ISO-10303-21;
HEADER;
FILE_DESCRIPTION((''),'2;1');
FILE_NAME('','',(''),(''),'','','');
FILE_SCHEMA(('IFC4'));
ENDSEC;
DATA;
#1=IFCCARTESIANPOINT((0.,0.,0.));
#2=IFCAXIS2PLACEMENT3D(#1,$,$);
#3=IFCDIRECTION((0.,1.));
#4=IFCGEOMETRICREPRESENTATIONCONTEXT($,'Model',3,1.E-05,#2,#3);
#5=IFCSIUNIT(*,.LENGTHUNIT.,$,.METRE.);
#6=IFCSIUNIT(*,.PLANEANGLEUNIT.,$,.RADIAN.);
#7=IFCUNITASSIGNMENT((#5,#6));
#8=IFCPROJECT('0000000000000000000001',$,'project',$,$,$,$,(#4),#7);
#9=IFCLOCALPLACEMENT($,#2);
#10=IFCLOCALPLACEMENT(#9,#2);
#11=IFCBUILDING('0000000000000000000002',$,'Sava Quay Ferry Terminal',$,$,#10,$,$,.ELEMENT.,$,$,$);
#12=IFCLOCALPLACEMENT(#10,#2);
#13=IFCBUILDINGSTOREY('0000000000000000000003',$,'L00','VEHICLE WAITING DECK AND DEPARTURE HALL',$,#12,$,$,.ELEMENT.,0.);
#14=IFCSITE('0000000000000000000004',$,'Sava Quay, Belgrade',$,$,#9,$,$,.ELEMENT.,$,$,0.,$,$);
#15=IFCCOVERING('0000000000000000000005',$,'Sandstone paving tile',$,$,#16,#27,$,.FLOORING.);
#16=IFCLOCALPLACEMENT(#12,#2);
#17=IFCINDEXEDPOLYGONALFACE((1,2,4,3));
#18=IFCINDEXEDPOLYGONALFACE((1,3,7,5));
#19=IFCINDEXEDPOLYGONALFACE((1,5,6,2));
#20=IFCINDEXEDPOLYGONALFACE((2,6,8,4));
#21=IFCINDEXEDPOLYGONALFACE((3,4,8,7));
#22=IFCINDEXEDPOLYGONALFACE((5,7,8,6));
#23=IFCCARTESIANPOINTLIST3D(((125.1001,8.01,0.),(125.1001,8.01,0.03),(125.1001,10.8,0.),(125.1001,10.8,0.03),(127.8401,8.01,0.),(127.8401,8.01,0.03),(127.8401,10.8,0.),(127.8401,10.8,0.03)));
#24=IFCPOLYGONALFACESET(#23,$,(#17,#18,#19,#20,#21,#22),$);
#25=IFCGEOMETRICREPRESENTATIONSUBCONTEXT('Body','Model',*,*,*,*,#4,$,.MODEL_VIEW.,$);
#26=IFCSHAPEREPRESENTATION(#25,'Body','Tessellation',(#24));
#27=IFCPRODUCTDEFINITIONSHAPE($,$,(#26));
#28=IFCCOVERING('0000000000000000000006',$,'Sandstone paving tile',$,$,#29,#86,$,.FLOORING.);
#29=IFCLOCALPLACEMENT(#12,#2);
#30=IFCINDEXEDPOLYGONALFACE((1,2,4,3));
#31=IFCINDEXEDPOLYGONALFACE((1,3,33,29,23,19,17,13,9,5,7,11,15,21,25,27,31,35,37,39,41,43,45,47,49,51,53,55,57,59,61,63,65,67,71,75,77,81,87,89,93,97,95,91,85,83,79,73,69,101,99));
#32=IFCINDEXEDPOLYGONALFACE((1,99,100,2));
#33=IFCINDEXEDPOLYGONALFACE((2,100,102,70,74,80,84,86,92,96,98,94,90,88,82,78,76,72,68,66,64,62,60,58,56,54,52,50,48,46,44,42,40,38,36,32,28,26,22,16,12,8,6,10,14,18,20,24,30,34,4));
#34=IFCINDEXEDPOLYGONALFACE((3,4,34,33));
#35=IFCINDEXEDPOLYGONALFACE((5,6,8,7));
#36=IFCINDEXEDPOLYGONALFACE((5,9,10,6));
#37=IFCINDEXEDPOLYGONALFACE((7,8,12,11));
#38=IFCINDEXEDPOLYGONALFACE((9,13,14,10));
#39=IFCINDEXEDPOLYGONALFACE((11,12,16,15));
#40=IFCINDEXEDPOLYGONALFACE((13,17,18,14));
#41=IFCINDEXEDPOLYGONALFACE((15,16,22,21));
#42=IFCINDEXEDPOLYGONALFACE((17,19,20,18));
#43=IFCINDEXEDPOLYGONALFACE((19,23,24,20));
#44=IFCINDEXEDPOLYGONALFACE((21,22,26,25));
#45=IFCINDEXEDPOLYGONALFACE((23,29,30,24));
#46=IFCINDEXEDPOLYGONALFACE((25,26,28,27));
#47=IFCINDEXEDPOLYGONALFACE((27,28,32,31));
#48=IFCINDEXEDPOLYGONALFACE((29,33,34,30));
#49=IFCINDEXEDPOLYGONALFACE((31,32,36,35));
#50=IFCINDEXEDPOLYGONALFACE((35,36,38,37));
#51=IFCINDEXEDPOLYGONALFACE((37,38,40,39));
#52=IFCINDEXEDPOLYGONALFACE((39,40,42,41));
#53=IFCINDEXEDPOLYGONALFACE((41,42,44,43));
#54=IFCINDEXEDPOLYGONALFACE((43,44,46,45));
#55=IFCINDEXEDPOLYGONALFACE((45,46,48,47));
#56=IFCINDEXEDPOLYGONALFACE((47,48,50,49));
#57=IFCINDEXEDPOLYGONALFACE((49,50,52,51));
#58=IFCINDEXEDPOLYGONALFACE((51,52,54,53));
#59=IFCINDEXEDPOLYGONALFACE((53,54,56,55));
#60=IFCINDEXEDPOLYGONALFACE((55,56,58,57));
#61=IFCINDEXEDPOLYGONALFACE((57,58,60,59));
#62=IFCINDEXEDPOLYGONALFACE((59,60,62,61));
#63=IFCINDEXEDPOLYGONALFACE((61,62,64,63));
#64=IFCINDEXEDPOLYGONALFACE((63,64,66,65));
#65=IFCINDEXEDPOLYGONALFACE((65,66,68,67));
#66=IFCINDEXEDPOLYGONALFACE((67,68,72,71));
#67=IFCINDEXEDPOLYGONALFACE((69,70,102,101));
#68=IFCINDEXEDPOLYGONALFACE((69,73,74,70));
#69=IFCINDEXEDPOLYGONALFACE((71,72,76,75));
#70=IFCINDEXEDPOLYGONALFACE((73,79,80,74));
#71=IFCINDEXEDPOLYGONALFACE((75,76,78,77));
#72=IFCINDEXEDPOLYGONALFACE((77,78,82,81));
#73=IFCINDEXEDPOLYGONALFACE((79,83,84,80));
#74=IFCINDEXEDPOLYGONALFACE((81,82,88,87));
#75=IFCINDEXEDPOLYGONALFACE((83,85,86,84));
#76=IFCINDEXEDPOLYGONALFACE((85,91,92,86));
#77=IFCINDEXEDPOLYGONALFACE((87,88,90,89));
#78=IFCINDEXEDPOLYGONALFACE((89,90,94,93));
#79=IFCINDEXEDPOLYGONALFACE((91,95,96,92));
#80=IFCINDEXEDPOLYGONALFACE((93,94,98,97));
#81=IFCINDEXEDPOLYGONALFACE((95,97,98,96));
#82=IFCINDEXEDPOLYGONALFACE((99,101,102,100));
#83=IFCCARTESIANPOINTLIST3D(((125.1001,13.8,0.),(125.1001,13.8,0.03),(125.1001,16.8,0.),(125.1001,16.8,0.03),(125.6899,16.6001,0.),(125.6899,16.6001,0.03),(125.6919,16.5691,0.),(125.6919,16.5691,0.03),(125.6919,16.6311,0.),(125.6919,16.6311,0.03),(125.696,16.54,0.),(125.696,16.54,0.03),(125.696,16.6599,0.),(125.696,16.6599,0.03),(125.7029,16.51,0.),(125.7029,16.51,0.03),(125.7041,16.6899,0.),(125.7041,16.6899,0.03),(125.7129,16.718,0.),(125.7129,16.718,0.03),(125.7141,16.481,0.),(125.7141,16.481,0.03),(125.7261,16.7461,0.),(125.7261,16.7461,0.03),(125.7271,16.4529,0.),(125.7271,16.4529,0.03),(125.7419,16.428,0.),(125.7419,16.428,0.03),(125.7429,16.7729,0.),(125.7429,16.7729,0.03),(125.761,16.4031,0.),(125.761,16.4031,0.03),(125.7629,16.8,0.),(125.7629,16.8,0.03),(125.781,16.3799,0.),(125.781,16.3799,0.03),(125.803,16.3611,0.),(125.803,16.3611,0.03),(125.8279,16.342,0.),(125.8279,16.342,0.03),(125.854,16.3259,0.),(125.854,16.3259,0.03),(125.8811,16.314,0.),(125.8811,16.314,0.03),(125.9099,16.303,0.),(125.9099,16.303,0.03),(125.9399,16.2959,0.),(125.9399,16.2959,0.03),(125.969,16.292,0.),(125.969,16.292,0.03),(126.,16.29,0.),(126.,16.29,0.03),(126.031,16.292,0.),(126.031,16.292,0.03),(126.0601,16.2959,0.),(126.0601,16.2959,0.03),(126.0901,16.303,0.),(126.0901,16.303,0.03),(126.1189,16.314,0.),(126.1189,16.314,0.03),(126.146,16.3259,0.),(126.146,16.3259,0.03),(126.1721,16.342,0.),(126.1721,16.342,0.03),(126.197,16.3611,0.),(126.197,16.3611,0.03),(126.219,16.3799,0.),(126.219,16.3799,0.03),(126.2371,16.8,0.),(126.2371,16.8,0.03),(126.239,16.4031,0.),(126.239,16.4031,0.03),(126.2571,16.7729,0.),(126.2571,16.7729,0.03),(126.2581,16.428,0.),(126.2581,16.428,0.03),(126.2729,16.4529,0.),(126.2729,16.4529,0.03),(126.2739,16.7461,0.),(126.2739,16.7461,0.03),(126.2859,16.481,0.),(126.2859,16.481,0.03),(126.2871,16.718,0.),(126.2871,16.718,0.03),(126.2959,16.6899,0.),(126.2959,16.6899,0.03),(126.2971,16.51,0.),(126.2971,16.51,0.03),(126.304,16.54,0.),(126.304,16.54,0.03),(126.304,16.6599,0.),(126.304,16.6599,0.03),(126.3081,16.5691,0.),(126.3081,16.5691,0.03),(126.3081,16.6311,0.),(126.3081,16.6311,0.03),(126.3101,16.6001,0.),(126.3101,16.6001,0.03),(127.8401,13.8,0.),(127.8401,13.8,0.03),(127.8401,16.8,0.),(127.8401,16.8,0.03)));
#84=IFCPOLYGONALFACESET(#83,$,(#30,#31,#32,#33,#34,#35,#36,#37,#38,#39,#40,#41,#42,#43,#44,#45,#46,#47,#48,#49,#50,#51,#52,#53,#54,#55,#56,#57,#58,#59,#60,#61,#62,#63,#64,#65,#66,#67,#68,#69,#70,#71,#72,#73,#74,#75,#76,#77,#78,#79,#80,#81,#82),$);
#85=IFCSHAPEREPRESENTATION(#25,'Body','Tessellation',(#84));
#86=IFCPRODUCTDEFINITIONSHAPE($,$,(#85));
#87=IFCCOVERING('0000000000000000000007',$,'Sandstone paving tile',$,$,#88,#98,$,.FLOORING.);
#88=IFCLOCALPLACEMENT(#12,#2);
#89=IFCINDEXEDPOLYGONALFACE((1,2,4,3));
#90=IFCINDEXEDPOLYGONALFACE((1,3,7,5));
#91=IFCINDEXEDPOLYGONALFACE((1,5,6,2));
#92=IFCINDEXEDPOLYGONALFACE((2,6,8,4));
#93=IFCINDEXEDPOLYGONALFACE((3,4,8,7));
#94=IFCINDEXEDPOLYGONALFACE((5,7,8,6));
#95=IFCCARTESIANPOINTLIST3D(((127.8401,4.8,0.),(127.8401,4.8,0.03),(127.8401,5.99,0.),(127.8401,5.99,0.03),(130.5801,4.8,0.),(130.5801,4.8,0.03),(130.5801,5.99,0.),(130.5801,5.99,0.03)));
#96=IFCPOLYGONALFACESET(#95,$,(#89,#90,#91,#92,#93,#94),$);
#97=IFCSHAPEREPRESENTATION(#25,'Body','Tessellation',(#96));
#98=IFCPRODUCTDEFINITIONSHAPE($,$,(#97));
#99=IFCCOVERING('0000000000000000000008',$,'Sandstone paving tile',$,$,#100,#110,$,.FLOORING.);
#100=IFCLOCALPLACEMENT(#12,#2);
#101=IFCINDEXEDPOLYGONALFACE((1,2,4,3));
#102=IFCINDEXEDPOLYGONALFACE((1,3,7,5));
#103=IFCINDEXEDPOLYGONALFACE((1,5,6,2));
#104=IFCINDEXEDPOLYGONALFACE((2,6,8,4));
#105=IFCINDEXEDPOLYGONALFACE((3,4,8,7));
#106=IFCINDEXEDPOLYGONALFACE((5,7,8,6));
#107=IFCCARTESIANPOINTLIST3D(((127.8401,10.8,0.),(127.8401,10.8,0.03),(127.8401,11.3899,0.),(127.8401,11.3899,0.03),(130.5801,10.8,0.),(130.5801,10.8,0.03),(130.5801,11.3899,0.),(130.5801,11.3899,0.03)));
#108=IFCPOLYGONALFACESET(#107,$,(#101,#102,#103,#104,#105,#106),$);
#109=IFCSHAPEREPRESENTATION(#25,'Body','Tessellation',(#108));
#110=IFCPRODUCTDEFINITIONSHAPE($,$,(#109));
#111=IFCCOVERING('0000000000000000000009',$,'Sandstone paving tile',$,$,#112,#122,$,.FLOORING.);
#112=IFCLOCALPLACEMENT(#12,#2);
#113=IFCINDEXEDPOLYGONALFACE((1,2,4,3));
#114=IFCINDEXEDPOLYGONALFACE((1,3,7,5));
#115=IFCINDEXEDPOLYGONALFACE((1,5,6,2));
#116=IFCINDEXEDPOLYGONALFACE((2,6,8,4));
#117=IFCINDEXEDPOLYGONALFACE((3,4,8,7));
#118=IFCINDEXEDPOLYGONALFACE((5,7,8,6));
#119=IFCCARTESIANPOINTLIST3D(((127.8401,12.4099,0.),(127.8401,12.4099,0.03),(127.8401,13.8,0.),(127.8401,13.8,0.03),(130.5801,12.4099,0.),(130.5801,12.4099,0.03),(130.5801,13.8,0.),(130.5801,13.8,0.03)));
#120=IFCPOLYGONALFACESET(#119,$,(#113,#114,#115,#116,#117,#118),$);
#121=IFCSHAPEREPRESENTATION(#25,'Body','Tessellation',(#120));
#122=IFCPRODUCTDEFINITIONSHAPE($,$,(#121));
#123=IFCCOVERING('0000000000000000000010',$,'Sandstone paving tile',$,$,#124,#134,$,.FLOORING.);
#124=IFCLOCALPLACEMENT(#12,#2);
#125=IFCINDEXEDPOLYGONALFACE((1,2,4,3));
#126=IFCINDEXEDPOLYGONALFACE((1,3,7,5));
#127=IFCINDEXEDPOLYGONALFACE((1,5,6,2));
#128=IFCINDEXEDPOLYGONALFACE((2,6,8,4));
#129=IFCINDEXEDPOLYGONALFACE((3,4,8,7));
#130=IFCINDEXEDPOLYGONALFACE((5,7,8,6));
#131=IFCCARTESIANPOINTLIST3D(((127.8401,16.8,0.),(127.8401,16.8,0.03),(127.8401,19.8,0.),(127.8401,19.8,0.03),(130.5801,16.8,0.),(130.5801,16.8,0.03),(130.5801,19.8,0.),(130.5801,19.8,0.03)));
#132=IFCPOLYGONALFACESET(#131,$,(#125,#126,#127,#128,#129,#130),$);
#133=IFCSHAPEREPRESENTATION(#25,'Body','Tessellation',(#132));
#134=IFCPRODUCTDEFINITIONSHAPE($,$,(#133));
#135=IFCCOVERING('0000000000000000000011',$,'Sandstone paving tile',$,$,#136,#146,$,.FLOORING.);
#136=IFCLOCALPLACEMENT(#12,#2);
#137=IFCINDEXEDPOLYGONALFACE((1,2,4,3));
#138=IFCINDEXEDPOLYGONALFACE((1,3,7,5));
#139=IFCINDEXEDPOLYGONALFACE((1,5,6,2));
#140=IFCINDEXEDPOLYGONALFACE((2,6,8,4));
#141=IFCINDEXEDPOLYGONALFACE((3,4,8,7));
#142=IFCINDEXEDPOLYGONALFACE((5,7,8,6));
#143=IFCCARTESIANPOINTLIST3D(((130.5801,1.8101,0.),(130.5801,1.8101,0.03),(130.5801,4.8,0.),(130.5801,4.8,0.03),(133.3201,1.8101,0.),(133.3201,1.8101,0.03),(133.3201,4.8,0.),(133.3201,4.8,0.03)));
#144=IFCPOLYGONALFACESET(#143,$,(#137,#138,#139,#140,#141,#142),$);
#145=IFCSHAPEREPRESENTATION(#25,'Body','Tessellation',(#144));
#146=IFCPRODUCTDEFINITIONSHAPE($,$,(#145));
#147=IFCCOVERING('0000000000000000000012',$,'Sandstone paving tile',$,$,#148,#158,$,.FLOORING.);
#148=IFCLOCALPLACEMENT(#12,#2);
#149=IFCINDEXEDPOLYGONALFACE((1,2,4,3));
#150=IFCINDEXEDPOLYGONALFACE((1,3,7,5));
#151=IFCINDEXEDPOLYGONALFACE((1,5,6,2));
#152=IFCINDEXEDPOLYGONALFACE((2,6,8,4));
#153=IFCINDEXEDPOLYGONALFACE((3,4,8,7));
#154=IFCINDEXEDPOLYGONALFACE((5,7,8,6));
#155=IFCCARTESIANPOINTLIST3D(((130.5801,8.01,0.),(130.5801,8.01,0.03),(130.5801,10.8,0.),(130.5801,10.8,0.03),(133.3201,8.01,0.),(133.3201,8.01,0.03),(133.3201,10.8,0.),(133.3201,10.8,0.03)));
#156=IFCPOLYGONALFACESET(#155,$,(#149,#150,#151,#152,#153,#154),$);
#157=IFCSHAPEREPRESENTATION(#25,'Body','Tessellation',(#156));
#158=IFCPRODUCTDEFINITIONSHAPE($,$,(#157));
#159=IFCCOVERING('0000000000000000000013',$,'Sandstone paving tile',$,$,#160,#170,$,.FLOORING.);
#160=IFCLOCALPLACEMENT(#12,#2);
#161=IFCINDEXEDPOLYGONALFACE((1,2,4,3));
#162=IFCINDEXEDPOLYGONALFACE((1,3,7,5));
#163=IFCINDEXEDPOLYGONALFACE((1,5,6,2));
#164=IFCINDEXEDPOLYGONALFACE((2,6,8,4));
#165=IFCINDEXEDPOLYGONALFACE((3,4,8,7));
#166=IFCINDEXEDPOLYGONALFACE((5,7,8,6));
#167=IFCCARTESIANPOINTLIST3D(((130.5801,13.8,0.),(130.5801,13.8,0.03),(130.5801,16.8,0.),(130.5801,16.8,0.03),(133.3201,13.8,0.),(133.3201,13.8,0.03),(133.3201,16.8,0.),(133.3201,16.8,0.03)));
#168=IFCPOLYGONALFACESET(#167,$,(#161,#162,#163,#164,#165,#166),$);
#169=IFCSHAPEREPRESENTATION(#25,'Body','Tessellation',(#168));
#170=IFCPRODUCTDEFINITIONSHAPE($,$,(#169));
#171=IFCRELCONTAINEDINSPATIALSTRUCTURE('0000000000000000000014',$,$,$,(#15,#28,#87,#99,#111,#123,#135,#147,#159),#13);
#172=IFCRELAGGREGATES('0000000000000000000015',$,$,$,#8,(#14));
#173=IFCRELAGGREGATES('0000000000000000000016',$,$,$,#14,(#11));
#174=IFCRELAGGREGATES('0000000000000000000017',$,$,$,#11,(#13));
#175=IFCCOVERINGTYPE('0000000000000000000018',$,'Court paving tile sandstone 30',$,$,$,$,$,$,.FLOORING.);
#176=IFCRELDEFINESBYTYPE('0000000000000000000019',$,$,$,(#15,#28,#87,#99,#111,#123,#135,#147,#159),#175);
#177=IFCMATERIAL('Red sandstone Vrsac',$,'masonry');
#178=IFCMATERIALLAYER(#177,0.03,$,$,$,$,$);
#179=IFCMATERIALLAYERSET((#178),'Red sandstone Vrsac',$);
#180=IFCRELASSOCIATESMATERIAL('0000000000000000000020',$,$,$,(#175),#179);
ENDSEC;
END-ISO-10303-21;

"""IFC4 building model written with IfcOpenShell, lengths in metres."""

from ifc_helpers import new_model, si_unit, direction, origin, place, context, subcontext, project, spatial, polyline, outline, extrude, material, layer, layer_set, type_object, element, save


model = new_model("IFC4")

# Units and contexts
model_context = context("Model", 3, precision=1e-05, world=origin(), true_north=direction((0.0, 1.0)))
body_context = subcontext(model_context, "Body", "Model", "MODEL_VIEW")
ifc_project = project(units=[si_unit("LENGTHUNIT", "METRE"), si_unit("PLANEANGLEUNIT", "RADIAN")], contexts=[model_context])

# Site, building, storey
site_placement = place(None, origin())
site = spatial("IfcSite", under=ifc_project, at=site_placement, Name="Sava Quay, Belgrade", CompositionType="ELEMENT", RefElevation=0.0)
building_placement = place(site_placement, origin())
building = spatial("IfcBuilding", under=site, at=building_placement, Name="Sava Quay Ferry Terminal", CompositionType="ELEMENT")
storey_placement = place(building_placement, origin())
storey = spatial("IfcBuildingStorey", under=building, at=storey_placement, Name="L00", Description="VEHICLE WAITING DECK AND DEPARTURE HALL", CompositionType="ELEMENT", Elevation=0.0)

# Coverings
ifc_material_1 = material(Name="Red sandstone Vrsac", Category="masonry")
ifc_layer_1 = layer(ifc_material_1, 0.03)
ifc_layer_set_1 = layer_set([ifc_layer_1], Name="Red sandstone Vrsac")
covering_type_1 = type_object("IfcCoveringType", Name="Court paving tile sandstone 30", PredefinedType="FLOORING", material=ifc_layer_set_1)
covering_1_placement = place(storey_placement, origin())
element("IfcCovering", 1, at=covering_1_placement, inside=storey, type_object=covering_type_1, Name="Sandstone paving tile", PredefinedType="FLOORING", context=body_context, shape_type="SweptSolid", body=[
    extrude(outline(polyline([(125.1001, 10.8), (125.1001, 8.01), (127.8401, 8.01), (127.8401, 10.8), (125.1001, 10.8)])), origin(), (0.0, 0.0, 1.0), 0.03),
])
covering_2_placement = place(storey_placement, origin())
element("IfcCovering", 2, at=covering_2_placement, inside=storey, type_object=covering_type_1, Name="Sandstone paving tile", PredefinedType="FLOORING", context=body_context, shape_type="SweptSolid", body=[
    extrude(outline(polyline([(127.8401, 16.8), (126.2371, 16.8), (126.2571, 16.7729), (126.2739, 16.7461), (126.2871, 16.718), (126.2959, 16.6899), (126.304, 16.6599), (126.3081, 16.6311), (126.3101, 16.6001), (126.3081, 16.5691), (126.304, 16.54), (126.2971, 16.51), (126.2859, 16.481), (126.2729, 16.4529), (126.2581, 16.428), (126.239, 16.4031), (126.219, 16.3799), (126.197, 16.3611), (126.1721, 16.342), (126.146, 16.3259), (126.1189, 16.314), (126.0901, 16.303), (126.0601, 16.2959), (126.031, 16.292), (126.0, 16.29), (125.969, 16.292), (125.9399, 16.2959), (125.9099, 16.303), (125.8811, 16.314), (125.854, 16.3259), (125.8279, 16.342), (125.803, 16.3611), (125.781, 16.3799), (125.761, 16.4031), (125.7419, 16.428), (125.7271, 16.4529), (125.7141, 16.481), (125.7029, 16.51), (125.696, 16.54), (125.6919, 16.5691), (125.6899, 16.6001), (125.6919, 16.6311), (125.696, 16.6599), (125.7041, 16.6899), (125.7129, 16.718), (125.7261, 16.7461), (125.7429, 16.7729), (125.7629, 16.8), (125.1001, 16.8), (125.1001, 13.8), (127.8401, 13.8), (127.8401, 16.8)])), origin(), (0.0, 0.0, 1.0), 0.03),
])
covering_3_placement = place(storey_placement, origin())
element("IfcCovering", 3, at=covering_3_placement, inside=storey, type_object=covering_type_1, Name="Sandstone paving tile", PredefinedType="FLOORING", context=body_context, shape_type="SweptSolid", body=[
    extrude(outline(polyline([(130.5801, 4.8), (130.5801, 5.99), (127.8401, 5.99), (127.8401, 4.8), (130.5801, 4.8)])), origin(), (0.0, 0.0, 1.0), 0.03),
])
covering_4_placement = place(storey_placement, origin())
element("IfcCovering", 4, at=covering_4_placement, inside=storey, type_object=covering_type_1, Name="Sandstone paving tile", PredefinedType="FLOORING", context=body_context, shape_type="SweptSolid", body=[
    extrude(outline(polyline([(130.5801, 10.8), (130.5801, 11.3899), (127.8401, 11.3899), (127.8401, 10.8), (130.5801, 10.8)])), origin(), (0.0, 0.0, 1.0), 0.03),
])
covering_5_placement = place(storey_placement, origin())
element("IfcCovering", 5, at=covering_5_placement, inside=storey, type_object=covering_type_1, Name="Sandstone paving tile", PredefinedType="FLOORING", context=body_context, shape_type="SweptSolid", body=[
    extrude(outline(polyline([(127.8401, 13.8), (127.8401, 12.4099), (130.5801, 12.4099), (130.5801, 13.8), (127.8401, 13.8)])), origin(), (0.0, 0.0, 1.0), 0.03),
])
covering_6_placement = place(storey_placement, origin())
element("IfcCovering", 6, at=covering_6_placement, inside=storey, type_object=covering_type_1, Name="Sandstone paving tile", PredefinedType="FLOORING", context=body_context, shape_type="SweptSolid", body=[
    extrude(outline(polyline([(130.5801, 16.8), (130.5801, 19.8), (127.8401, 19.8), (127.8401, 16.8), (130.5801, 16.8)])), origin(), (0.0, 0.0, 1.0), 0.03),
])
covering_7_placement = place(storey_placement, origin())
element("IfcCovering", 7, at=covering_7_placement, inside=storey, type_object=covering_type_1, Name="Sandstone paving tile", PredefinedType="FLOORING", context=body_context, shape_type="SweptSolid", body=[
    extrude(outline(polyline([(130.5801, 4.8), (130.5801, 1.8101), (133.3201, 1.8101), (133.3201, 4.8), (130.5801, 4.8)])), origin(), (0.0, 0.0, 1.0), 0.03),
])
covering_8_placement = place(storey_placement, origin())
element("IfcCovering", 8, at=covering_8_placement, inside=storey, type_object=covering_type_1, Name="Sandstone paving tile", PredefinedType="FLOORING", context=body_context, shape_type="SweptSolid", body=[
    extrude(outline(polyline([(130.5801, 10.8), (130.5801, 8.01), (133.3201, 8.01), (133.3201, 10.8), (130.5801, 10.8)])), origin(), (0.0, 0.0, 1.0), 0.03),
])
covering_9_placement = place(storey_placement, origin())
element("IfcCovering", 9, at=covering_9_placement, inside=storey, type_object=covering_type_1, Name="Sandstone paving tile", PredefinedType="FLOORING", context=body_context, shape_type="SweptSolid", body=[
    extrude(outline(polyline([(130.5801, 13.8), (133.3201, 13.8), (133.3201, 16.8), (130.5801, 16.8), (130.5801, 13.8)])), origin(), (0.0, 0.0, 1.0), 0.03),
])

save(model, "model.ifc")
